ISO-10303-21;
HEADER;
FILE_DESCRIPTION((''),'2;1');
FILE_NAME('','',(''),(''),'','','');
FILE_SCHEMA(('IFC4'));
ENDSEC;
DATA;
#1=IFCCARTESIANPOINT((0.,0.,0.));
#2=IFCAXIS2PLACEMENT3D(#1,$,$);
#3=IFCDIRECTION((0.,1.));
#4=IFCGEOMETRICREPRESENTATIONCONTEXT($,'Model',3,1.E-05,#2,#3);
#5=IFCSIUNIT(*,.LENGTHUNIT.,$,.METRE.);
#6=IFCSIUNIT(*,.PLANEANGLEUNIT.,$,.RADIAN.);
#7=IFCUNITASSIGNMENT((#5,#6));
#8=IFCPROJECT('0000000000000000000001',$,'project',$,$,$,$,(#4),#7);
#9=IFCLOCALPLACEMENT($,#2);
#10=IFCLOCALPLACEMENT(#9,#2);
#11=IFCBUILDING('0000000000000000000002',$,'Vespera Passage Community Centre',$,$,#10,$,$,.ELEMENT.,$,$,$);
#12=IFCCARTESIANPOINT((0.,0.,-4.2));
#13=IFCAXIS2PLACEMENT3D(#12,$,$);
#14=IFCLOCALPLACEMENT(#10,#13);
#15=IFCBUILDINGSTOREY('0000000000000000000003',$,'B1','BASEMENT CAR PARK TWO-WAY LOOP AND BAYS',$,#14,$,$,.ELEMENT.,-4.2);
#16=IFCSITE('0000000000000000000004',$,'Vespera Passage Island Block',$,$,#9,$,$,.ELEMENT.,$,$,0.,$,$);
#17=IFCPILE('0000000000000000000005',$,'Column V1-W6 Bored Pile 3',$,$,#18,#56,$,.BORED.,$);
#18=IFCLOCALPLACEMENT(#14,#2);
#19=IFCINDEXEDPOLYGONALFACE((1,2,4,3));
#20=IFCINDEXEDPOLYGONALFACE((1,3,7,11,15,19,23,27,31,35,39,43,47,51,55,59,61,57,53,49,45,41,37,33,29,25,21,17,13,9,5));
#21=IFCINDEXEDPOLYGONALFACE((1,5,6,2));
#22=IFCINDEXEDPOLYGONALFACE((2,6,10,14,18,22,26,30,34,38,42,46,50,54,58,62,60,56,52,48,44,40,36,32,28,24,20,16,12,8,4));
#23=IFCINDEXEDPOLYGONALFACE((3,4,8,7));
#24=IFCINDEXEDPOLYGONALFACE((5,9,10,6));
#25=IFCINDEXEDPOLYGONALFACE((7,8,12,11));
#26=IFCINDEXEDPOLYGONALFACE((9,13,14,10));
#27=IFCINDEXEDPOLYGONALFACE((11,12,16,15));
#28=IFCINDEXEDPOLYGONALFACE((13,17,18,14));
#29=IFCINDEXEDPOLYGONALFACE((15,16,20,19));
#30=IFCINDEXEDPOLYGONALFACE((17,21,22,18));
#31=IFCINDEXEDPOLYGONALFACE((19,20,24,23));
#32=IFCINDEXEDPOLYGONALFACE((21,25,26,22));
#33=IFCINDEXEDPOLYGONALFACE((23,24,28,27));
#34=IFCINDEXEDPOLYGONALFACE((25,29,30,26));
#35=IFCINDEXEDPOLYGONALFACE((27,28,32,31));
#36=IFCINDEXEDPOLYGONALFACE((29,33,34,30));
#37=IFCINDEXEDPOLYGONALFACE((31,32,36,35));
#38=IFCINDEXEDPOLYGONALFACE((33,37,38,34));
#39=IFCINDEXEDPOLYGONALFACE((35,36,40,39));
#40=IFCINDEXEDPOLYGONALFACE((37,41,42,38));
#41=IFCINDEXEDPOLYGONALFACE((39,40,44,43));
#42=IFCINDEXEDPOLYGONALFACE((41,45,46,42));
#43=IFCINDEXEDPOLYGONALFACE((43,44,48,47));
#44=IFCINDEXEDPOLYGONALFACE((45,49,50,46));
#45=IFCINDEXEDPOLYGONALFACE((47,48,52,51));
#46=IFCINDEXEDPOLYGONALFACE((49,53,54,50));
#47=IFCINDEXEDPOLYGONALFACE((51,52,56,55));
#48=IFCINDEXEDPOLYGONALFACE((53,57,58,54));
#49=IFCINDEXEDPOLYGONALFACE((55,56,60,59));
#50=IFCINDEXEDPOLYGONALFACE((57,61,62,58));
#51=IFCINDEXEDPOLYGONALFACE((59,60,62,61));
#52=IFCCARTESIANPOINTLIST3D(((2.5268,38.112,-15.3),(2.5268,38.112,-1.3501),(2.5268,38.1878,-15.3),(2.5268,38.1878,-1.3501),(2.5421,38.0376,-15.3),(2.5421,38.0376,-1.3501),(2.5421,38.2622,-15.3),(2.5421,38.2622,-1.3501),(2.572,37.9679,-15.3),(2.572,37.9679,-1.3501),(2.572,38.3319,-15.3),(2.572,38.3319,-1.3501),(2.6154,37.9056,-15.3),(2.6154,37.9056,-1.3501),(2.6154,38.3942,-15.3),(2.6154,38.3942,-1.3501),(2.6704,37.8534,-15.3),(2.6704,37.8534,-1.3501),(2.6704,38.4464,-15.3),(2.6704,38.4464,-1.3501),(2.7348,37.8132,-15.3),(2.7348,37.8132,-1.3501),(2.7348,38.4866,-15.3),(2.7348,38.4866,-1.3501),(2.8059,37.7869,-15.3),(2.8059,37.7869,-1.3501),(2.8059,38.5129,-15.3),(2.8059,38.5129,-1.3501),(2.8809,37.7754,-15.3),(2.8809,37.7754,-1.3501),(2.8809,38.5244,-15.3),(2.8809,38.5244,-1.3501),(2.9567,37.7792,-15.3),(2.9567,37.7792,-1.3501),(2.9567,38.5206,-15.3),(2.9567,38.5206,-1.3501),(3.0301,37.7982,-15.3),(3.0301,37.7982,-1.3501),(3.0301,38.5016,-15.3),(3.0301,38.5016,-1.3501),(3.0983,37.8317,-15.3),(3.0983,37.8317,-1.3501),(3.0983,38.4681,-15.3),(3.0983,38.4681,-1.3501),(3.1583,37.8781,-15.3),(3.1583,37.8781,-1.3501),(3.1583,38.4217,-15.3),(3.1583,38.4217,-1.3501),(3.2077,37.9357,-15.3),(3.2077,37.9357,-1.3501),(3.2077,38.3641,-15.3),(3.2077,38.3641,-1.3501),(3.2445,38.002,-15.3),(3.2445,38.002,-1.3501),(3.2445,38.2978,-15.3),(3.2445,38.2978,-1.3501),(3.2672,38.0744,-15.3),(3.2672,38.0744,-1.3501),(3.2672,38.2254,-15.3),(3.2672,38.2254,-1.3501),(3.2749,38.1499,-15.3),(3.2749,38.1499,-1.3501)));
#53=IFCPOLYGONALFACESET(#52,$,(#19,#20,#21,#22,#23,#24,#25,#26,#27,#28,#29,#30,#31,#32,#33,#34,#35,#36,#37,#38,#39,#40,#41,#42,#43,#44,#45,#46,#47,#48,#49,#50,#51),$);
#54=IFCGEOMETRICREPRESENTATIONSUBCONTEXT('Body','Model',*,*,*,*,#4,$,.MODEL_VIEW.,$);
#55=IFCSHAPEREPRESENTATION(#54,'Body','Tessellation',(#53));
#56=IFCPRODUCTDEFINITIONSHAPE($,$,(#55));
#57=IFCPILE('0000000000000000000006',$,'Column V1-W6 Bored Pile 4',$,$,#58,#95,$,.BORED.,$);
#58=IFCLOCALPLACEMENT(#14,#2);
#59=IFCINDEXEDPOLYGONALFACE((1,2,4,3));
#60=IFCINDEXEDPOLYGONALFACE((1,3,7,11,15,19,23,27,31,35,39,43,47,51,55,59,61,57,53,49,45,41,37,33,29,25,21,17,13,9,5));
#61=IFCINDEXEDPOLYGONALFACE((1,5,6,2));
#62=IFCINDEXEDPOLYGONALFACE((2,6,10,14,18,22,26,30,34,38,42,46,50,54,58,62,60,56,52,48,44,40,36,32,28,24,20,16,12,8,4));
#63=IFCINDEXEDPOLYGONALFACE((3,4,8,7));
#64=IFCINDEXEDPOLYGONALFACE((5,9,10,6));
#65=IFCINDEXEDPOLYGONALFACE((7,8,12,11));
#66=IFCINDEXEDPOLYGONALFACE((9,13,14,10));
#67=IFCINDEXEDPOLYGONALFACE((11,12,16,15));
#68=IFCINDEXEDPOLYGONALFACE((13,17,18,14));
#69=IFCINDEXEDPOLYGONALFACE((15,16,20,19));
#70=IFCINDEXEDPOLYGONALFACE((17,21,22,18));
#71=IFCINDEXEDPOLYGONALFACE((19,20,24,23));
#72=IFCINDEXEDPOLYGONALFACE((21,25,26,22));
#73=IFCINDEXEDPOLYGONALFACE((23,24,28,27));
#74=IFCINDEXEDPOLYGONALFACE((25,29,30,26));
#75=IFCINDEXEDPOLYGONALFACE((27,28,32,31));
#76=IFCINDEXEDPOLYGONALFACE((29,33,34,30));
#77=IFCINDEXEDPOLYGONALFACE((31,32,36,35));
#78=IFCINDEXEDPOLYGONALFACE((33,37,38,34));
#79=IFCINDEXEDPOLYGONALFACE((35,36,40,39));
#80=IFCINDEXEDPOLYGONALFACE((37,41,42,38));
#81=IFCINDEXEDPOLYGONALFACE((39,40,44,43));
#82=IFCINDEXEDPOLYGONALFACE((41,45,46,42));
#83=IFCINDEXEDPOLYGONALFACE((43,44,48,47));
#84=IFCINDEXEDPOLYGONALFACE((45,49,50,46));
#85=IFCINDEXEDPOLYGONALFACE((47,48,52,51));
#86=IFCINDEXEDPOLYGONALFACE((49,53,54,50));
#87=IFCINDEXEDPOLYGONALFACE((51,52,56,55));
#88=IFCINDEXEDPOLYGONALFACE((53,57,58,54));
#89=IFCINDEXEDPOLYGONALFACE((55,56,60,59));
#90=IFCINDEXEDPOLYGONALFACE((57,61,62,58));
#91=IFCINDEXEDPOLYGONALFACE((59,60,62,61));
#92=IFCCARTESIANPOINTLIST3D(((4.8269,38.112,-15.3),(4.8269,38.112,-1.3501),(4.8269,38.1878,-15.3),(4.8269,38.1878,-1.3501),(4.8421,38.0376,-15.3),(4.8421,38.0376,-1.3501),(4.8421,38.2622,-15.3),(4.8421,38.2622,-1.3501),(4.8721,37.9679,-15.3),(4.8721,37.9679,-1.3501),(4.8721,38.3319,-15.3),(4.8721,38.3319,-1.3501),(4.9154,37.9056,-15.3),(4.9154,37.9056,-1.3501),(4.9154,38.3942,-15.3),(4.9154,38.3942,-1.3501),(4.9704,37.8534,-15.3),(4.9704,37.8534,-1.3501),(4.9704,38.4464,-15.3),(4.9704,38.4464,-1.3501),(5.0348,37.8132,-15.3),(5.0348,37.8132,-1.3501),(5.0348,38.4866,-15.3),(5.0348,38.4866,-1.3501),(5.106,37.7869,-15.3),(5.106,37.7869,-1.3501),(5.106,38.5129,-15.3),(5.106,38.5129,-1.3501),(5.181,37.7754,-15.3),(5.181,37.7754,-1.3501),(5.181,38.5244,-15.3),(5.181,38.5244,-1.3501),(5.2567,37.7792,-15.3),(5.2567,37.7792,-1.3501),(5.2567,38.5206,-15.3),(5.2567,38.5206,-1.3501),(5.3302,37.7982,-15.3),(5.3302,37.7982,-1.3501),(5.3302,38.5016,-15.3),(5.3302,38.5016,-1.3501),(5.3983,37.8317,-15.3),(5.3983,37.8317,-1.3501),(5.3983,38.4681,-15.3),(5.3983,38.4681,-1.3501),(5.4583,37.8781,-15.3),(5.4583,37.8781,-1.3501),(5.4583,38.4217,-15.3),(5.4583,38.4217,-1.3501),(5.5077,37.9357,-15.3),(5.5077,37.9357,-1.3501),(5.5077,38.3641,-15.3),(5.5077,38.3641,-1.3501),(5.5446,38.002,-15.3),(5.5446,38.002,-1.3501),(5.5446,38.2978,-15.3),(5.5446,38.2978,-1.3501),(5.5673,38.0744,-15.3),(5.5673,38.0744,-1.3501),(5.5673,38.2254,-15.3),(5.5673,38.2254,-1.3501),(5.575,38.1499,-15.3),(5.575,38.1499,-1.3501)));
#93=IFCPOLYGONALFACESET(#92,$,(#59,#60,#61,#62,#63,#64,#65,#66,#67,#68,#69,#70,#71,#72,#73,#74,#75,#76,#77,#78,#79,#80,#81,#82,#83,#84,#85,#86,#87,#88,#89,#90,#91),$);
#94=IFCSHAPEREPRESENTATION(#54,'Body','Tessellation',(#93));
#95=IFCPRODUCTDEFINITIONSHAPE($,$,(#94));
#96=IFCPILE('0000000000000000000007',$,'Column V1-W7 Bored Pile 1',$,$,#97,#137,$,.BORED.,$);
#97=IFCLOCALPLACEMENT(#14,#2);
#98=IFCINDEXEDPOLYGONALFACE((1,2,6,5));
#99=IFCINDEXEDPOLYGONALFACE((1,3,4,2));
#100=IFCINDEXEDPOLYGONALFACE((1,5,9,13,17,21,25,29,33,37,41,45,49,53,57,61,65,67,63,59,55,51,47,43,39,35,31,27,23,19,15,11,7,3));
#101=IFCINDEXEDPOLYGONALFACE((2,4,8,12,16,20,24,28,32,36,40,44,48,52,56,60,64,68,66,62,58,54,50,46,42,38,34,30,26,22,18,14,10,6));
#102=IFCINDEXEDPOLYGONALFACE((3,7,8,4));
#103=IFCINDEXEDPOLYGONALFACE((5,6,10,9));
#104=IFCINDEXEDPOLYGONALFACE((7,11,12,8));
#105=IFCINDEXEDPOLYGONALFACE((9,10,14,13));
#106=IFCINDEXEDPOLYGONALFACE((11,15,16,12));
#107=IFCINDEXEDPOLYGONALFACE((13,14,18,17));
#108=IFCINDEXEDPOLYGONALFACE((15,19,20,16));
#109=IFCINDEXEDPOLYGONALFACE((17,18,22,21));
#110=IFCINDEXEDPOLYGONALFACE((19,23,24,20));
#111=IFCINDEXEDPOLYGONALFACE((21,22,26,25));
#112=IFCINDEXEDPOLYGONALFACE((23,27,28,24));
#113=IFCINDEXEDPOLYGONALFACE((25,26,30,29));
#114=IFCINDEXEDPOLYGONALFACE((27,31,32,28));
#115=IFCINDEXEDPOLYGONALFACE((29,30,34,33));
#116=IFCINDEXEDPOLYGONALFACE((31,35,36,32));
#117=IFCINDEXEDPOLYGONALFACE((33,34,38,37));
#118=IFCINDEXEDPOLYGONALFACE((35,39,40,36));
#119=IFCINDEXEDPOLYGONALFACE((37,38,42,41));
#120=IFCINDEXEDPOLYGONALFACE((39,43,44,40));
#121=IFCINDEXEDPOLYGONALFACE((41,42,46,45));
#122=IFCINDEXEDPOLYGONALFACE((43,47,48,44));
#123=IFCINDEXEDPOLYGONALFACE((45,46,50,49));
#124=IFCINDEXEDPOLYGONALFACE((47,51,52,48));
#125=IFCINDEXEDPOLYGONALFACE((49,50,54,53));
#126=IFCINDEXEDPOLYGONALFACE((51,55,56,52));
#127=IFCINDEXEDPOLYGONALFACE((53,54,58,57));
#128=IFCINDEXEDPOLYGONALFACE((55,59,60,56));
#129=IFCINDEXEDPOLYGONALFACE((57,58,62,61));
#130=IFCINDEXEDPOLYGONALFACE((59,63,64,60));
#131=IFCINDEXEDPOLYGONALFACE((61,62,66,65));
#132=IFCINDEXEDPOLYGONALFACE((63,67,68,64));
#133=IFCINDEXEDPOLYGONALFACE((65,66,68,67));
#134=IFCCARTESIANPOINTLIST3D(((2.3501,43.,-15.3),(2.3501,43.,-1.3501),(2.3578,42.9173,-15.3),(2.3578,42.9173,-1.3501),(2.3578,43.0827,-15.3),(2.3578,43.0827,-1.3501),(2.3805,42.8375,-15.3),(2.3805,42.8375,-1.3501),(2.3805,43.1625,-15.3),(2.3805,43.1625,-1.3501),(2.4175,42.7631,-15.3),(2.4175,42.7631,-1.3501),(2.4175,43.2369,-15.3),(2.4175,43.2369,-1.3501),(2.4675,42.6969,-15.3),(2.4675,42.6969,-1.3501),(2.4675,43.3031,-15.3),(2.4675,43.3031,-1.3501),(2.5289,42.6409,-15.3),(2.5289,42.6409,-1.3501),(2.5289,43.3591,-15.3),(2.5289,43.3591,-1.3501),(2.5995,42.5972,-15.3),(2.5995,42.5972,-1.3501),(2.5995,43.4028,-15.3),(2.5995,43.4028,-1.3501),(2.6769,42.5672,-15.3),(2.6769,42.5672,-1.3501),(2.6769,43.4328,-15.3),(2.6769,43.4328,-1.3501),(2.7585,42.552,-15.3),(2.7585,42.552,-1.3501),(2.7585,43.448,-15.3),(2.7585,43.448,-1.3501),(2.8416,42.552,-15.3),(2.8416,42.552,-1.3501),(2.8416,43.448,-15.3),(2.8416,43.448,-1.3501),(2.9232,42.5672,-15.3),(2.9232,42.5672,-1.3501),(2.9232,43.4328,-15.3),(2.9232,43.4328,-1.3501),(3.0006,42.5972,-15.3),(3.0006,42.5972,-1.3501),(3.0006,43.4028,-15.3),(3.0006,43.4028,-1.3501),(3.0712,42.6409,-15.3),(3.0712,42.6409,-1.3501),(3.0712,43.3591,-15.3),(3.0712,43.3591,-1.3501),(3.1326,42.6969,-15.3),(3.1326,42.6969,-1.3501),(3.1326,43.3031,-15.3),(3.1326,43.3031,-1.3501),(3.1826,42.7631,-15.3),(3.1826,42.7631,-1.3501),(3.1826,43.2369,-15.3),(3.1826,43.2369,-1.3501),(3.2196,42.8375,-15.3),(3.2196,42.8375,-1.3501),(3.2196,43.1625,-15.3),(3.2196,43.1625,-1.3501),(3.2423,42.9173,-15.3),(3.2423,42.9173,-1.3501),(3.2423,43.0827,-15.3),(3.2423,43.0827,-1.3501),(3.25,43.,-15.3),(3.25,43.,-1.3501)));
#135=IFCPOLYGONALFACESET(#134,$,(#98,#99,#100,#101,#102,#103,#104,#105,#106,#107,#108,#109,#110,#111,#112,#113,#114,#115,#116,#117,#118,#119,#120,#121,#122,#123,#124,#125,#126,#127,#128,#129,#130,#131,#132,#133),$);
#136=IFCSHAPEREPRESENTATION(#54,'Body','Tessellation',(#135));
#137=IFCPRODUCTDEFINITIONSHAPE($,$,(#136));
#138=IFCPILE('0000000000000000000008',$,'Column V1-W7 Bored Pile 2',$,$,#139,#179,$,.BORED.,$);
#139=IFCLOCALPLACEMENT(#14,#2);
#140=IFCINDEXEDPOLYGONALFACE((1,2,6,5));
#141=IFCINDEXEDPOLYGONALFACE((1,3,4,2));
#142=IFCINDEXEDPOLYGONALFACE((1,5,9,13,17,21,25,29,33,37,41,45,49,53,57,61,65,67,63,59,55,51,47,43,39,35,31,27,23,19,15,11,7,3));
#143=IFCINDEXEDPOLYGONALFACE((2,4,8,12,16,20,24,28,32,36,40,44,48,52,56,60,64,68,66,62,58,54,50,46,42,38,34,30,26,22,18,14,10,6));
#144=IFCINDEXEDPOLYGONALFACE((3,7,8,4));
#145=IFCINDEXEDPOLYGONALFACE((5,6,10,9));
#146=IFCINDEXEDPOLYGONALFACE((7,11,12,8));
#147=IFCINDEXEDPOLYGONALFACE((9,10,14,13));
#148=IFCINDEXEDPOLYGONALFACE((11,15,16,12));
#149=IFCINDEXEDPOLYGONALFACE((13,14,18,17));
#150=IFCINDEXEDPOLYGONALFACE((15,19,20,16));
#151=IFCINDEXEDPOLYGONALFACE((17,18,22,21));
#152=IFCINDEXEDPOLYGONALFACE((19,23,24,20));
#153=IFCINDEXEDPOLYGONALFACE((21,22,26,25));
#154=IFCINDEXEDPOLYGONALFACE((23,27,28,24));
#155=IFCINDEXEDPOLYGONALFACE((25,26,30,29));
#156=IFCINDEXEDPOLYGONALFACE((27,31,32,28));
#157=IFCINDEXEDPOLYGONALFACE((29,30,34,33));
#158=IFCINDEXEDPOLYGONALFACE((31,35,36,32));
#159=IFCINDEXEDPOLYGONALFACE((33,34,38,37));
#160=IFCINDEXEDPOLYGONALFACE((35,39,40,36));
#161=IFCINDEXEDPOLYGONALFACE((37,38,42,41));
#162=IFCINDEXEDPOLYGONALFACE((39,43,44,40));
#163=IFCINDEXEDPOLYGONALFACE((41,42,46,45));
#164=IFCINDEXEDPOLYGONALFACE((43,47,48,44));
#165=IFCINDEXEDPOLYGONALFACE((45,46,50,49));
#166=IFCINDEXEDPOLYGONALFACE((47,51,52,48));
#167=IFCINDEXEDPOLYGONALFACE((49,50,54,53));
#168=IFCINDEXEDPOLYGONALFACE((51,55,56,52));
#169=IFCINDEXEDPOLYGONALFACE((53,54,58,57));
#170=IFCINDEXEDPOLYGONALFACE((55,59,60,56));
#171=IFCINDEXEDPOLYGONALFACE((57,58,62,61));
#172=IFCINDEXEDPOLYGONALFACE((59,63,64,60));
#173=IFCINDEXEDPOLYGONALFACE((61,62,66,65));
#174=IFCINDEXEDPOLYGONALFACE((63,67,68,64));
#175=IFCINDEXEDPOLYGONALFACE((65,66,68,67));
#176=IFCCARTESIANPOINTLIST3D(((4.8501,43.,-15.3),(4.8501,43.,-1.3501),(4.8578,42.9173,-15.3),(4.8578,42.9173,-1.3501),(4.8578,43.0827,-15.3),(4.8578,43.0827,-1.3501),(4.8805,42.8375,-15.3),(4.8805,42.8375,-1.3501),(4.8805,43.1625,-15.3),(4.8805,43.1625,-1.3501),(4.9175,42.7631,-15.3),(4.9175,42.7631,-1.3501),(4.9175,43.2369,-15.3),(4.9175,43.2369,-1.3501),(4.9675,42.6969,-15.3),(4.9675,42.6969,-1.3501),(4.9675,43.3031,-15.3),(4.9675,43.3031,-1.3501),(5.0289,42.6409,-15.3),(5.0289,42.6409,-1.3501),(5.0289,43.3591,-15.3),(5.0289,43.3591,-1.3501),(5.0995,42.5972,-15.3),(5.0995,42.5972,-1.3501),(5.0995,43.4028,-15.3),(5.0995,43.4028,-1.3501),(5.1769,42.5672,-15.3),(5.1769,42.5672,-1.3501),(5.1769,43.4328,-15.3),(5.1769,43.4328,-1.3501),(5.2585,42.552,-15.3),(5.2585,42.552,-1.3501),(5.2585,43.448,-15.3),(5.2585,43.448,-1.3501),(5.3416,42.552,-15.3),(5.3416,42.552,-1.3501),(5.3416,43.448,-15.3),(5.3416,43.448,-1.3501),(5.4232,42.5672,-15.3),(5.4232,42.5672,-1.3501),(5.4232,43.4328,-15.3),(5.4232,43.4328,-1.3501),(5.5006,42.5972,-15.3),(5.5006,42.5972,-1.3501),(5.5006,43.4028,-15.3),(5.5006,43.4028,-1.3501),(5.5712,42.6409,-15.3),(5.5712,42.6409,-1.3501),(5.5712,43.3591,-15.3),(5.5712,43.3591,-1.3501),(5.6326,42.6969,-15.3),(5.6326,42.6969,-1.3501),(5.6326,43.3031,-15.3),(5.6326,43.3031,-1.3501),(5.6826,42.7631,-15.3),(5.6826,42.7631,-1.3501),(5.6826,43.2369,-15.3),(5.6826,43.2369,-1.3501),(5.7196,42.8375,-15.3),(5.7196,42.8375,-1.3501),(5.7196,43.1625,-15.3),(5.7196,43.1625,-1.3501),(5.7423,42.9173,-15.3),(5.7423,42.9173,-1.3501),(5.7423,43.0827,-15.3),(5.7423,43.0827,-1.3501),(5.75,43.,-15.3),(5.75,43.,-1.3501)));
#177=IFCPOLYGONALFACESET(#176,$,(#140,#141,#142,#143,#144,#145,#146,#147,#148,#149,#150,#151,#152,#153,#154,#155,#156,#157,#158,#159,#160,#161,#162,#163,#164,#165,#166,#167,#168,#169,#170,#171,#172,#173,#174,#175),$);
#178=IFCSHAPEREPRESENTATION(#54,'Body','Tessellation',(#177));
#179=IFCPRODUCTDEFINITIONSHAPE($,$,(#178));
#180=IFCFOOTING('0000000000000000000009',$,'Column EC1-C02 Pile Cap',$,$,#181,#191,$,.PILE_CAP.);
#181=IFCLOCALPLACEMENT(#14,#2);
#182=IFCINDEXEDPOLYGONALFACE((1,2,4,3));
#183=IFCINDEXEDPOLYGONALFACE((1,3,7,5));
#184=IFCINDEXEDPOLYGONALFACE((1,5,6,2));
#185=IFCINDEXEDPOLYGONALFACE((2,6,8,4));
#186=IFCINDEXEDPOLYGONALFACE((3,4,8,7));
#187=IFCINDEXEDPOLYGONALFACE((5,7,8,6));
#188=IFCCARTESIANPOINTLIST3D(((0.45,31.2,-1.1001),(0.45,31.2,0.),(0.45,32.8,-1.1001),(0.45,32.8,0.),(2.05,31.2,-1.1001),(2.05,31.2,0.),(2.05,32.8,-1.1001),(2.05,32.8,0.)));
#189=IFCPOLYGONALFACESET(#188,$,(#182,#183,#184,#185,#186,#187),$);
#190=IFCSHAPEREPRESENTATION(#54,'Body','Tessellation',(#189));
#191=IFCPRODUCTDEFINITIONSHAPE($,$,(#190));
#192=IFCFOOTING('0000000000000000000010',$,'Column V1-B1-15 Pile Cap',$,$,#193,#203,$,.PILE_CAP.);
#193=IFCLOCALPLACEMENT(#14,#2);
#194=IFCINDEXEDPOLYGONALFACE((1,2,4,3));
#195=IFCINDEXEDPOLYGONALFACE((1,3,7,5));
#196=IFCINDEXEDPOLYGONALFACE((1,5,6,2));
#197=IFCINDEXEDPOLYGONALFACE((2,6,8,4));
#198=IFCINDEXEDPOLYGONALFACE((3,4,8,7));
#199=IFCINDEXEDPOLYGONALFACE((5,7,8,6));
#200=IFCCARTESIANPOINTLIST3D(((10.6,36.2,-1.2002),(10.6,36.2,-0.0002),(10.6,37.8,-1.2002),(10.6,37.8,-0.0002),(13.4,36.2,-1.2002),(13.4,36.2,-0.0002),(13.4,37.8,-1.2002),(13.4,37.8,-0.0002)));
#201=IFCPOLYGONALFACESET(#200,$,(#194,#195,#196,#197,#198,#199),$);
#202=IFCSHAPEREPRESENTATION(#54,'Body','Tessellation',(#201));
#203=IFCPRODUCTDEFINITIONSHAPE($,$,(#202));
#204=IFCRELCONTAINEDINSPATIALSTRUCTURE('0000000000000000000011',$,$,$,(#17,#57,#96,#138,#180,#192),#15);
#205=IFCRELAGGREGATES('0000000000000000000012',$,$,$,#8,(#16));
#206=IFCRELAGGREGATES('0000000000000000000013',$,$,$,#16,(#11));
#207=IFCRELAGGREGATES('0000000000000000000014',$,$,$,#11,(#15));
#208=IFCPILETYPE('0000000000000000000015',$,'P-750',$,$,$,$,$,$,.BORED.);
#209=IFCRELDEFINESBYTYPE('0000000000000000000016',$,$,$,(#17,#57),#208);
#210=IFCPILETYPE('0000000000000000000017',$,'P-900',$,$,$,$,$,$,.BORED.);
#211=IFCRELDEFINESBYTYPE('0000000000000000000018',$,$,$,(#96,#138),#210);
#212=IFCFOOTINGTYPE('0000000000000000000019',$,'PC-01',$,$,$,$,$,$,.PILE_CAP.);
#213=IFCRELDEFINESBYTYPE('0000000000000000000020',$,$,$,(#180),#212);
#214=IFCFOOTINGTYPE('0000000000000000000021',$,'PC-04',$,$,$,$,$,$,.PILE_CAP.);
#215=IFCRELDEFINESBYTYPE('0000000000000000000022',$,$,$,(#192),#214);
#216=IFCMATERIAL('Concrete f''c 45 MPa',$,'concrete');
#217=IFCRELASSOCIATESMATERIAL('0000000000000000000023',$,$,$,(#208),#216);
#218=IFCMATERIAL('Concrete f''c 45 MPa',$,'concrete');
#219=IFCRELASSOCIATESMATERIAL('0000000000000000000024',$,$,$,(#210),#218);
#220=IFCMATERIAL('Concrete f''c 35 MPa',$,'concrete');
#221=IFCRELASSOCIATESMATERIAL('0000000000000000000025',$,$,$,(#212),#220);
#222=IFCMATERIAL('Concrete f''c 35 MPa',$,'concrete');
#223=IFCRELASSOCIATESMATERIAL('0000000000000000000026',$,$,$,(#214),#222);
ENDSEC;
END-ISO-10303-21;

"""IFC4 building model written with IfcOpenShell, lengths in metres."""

from ifc_helpers import new_model, si_unit, direction, frame, origin, origin_2d, place, context, subcontext, project, spatial, rectangle, circle, extrude, material, material_profile, profile_set, type_object, element, save


model = new_model("IFC4")

# Units and contexts
model_context = context("Model", 3, precision=1e-05, world=origin(), true_north=direction((0.0, 1.0)))
body_context = subcontext(model_context, "Body", "Model", "MODEL_VIEW")
ifc_project = project(units=[si_unit("LENGTHUNIT", "METRE"), si_unit("PLANEANGLEUNIT", "RADIAN")], contexts=[model_context])

# Site, building, storey
site_placement = place(None, origin())
site = spatial("IfcSite", under=ifc_project, at=site_placement, Name="Vespera Passage Island Block", CompositionType="ELEMENT", RefElevation=0.0)
building_placement = place(site_placement, origin())
building = spatial("IfcBuilding", under=site, at=building_placement, Name="Vespera Passage Community Centre", CompositionType="ELEMENT")
storey_placement = place(building_placement, frame((0.0, 0.0, -4.2)))
storey = spatial("IfcBuildingStorey", under=building, at=storey_placement, Name="B1", Description="BASEMENT CAR PARK TWO-WAY LOOP AND BAYS", CompositionType="ELEMENT", Elevation=-4.2)

# Piles
ifc_material_1 = material(Name="Concrete f'c 45 MPa", Category="concrete")
ifc_material_profile_1 = material_profile(ifc_material_1, circle(Radius=0.375, at=origin_2d()), Name="PILE750DIA")
ifc_profile_set_1 = profile_set([ifc_material_profile_1], Name="Concrete f'c 45 MPa")
pile_type_1 = type_object("IfcPileType", Name="P-750", PredefinedType="BORED", material=ifc_profile_set_1)
for number, where, z_axis, x_axis, name in (
    (1, (2.8999, 38.1499, -1.3501), (0.0, 0.0, -1.0), (1.0, 0.0, 0.0), "Column V1-W6 Bored Pile 3"),
    (2, (5.2, 38.1499, -1.3501), (0.0, 0.0, -1.0), (1.0, 0.0, 0.0), "Column V1-W6 Bored Pile 4"),
):
    element("IfcPile", number, at=place(storey_placement, frame(where, z_axis=z_axis, x_axis=x_axis)), inside=storey, type_object=pile_type_1, Name=name, PredefinedType="BORED", context=body_context, shape_type="SweptSolid", body=[
        extrude(circle(Radius=0.375, at=origin_2d()), origin(), (0.0, 0.0, 1.0), 13.95),
    ])
ifc_material_2 = material(Name="Concrete f'c 45 MPa", Category="concrete")
ifc_material_profile_2 = material_profile(ifc_material_2, circle(Radius=0.45, at=origin_2d()), Name="PILE900DIA")
ifc_profile_set_2 = profile_set([ifc_material_profile_2], Name="Concrete f'c 45 MPa")
pile_type_2 = type_object("IfcPileType", Name="P-900", PredefinedType="BORED", material=ifc_profile_set_2)
for number, where, z_axis, x_axis, name in (
    (3, (2.8, 43.0, -1.3501), (0.0, 0.0, -1.0), (1.0, 0.0, 0.0), "Column V1-W7 Bored Pile 1"),
    (4, (5.3, 43.0, -1.3501), (0.0, 0.0, -1.0), (1.0, 0.0, 0.0), "Column V1-W7 Bored Pile 2"),
):
    element("IfcPile", number, at=place(storey_placement, frame(where, z_axis=z_axis, x_axis=x_axis)), inside=storey, type_object=pile_type_2, Name=name, PredefinedType="BORED", context=body_context, shape_type="SweptSolid", body=[
        extrude(circle(Radius=0.45, at=origin_2d()), origin(), (0.0, 0.0, 1.0), 13.95),
    ])

# Footings
ifc_material_3 = material(Name="Concrete f'c 35 MPa", Category="concrete")
footing_type_1 = type_object("IfcFootingType", Name="PC-01", PredefinedType="PILE_CAP", material=ifc_material_3)
footing_1_placement = place(storey_placement, frame((1.25, 32.0, -1.1001), z_axis=(0.0, 0.0, 1.0), x_axis=(1.0, 0.0, 0.0)))
element("IfcFooting", 5, at=footing_1_placement, inside=storey, type_object=footing_type_1, Name="Column EC1-C02 Pile Cap", PredefinedType="PILE_CAP", context=body_context, shape_type="SweptSolid", body=[
    extrude(rectangle(XDim=1.6001, YDim=1.6001, at=origin_2d()), origin(), (0.0, 0.0, 1.0), 1.1001),
])
ifc_material_4 = material(Name="Concrete f'c 35 MPa", Category="concrete")
footing_type_2 = type_object("IfcFootingType", Name="PC-04", PredefinedType="PILE_CAP", material=ifc_material_4)
for number, where, z_axis, x_axis, name in (
    (6, (12.0, 37.0, -1.2002), (0.0, 0.0, 1.0), (1.0, 0.0, 0.0), "Column V1-B1-15 Pile Cap"),
):
    element("IfcFooting", number, at=place(storey_placement, frame(where, z_axis=z_axis, x_axis=x_axis)), inside=storey, type_object=footing_type_2, Name=name, PredefinedType="PILE_CAP", context=body_context, shape_type="SweptSolid", body=[
        extrude(rectangle(XDim=2.8, YDim=1.6001, at=origin_2d()), origin(), (0.0, 0.0, 1.0), 1.2),
    ])

save(model, "model.ifc")
